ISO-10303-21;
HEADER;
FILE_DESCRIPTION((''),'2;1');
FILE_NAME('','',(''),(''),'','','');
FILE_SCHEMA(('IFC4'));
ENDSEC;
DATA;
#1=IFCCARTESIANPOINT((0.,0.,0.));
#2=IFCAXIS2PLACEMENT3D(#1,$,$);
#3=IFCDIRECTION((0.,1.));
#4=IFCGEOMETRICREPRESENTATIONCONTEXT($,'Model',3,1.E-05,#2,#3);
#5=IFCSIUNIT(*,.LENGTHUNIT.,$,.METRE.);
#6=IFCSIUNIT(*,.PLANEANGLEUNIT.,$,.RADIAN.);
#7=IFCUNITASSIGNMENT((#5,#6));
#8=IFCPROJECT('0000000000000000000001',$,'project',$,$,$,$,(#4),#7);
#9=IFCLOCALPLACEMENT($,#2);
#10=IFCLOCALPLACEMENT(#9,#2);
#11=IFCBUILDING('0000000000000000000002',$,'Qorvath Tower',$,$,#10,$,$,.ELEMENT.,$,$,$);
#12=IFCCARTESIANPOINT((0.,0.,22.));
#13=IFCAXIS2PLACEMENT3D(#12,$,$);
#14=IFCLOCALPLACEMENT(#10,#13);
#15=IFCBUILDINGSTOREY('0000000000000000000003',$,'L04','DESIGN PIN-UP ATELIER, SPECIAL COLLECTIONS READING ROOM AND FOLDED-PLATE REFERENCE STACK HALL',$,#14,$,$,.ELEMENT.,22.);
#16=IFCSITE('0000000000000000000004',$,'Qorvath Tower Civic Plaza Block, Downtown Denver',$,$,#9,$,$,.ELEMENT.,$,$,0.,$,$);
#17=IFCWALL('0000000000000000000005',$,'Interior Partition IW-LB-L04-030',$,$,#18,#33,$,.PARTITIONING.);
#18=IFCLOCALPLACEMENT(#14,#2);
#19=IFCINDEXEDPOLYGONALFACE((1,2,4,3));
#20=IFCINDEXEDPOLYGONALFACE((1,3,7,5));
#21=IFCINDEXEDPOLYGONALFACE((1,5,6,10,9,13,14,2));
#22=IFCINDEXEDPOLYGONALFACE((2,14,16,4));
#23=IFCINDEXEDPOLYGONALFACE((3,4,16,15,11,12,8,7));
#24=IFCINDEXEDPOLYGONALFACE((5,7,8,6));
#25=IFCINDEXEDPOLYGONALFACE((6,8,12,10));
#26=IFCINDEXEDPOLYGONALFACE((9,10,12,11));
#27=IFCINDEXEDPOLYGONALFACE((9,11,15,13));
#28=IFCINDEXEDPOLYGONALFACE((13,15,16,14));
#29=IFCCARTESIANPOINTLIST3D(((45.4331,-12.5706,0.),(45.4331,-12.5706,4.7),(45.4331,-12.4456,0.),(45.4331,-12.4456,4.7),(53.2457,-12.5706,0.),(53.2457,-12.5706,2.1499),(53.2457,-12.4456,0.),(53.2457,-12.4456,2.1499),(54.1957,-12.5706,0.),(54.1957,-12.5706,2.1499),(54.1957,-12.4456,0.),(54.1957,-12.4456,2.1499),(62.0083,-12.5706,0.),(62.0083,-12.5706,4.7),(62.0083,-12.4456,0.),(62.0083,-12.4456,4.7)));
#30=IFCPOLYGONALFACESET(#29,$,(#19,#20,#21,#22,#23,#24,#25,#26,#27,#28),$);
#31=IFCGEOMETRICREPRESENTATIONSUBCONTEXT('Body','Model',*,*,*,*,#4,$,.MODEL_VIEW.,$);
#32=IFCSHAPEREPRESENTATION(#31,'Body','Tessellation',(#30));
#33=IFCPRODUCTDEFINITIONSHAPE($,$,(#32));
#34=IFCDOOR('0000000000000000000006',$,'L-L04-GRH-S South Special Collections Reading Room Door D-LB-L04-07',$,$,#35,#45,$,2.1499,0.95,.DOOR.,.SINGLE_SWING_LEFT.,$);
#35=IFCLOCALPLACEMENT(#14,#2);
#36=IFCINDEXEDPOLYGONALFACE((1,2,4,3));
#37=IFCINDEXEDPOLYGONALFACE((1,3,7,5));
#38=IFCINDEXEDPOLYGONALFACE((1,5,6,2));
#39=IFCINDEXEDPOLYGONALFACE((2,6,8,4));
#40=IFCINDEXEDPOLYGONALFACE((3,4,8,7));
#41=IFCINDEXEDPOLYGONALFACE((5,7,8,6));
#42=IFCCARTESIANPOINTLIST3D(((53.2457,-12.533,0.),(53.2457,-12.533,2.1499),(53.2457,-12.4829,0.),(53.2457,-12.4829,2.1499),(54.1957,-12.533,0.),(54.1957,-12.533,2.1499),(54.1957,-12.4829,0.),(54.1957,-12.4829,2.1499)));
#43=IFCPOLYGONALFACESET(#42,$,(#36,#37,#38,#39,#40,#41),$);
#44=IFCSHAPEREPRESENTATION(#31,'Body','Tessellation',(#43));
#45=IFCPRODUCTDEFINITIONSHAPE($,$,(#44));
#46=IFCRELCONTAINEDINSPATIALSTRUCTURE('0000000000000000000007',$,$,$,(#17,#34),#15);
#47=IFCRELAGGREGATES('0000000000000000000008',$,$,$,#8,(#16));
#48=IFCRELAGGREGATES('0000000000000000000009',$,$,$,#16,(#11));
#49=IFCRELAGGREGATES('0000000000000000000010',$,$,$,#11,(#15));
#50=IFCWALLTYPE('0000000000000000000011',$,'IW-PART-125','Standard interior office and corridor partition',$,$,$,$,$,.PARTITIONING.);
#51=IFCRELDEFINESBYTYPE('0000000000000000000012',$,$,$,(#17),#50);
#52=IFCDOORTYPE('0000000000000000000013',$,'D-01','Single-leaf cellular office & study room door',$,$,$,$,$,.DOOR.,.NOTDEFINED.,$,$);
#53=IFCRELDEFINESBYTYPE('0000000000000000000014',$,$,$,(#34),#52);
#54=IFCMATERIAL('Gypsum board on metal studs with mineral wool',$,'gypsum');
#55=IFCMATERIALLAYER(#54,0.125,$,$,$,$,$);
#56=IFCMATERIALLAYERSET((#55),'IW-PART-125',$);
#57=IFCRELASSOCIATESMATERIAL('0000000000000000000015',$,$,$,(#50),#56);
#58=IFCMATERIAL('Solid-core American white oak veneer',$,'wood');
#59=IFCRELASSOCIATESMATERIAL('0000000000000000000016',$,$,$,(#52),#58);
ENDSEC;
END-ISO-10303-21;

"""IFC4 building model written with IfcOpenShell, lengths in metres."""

from ifc_helpers import new_model, si_unit, direction, frame, frame_2d, origin, place, context, subcontext, project, spatial, rectangle, extrude, material, layer, layer_set, type_object, element, fill, save


model = new_model("IFC4")

# Units and contexts
model_context = context("Model", 3, precision=1e-05, world=origin(), true_north=direction((0.0, 1.0)))
body_context = subcontext(model_context, "Body", "Model", "MODEL_VIEW")
ifc_project = project(units=[si_unit("LENGTHUNIT", "METRE"), si_unit("PLANEANGLEUNIT", "RADIAN")], contexts=[model_context])

# Site, building, storey
site_placement = place(None, origin())
site = spatial("IfcSite", under=ifc_project, at=site_placement, Name="Qorvath Tower Civic Plaza Block, Downtown Denver", CompositionType="ELEMENT", RefElevation=0.0)
building_placement = place(site_placement, origin())
building = spatial("IfcBuilding", under=site, at=building_placement, Name="Qorvath Tower", CompositionType="ELEMENT")
storey_placement = place(building_placement, frame((0.0, 0.0, 22.0)))
storey = spatial("IfcBuildingStorey", under=building, at=storey_placement, Name="L04", Description="DESIGN PIN-UP ATELIER, SPECIAL COLLECTIONS READING ROOM AND FOLDED-PLATE REFERENCE STACK HALL", CompositionType="ELEMENT", Elevation=22.0)

# Wall, opening, door
ifc_material_1 = material(Name="Gypsum board on metal studs with mineral wool", Category="gypsum")
ifc_layer_1 = layer(ifc_material_1, 0.125)
ifc_layer_set_1 = layer_set([ifc_layer_1], Name="IW-PART-125")
wall_type_1 = type_object("IfcWallType", Name="IW-PART-125", Description="Standard interior office and corridor partition", PredefinedType="PARTITIONING", material=ifc_layer_set_1)
wall_1_placement = place(storey_placement, frame((62.0083, -12.5081, 0.0), z_axis=(0.0, 0.0, 1.0), x_axis=(-1.0, 0.0, 0.0)))
wall_1 = element("IfcWall", 1, at=wall_1_placement, inside=storey, type_object=wall_type_1, Name="Interior Partition IW-LB-L04-030", PredefinedType="PARTITIONING", context=body_context, shape_type="SweptSolid", body=[
    extrude(rectangle(XDim=16.5752, YDim=0.125, at=frame_2d((8.2876, 0.0))), origin(), (0.0, 0.0, 1.0), 4.7),
])
opening_placement = place(wall_1_placement, frame((7.8125, 0.0, 0.0)))
opening = element("IfcOpeningElement", 2, at=opening_placement, cuts=wall_1, PredefinedType="OPENING", context=body_context, shape_type="SweptSolid", body=[
    extrude(rectangle(XDim=0.95, YDim=2.1499, at=frame_2d((0.4751, 1.075))), frame((0.0, 0.0725, 0.0), z_axis=(0.0, -1.0, 0.0), x_axis=(1.0, 0.0, 0.0)), (0.0, 0.0, 1.0), 0.145),
])
ifc_material_2 = material(Name="Solid-core American white oak veneer", Category="wood")
door_type = type_object("IfcDoorType", Name="D-01", Description="Single-leaf cellular office & study room door", OperationType="NOTDEFINED", PredefinedType="DOOR", material=ifc_material_2)
door_placement = place(opening_placement, origin())
door = element("IfcDoor", 3, at=door_placement, inside=storey, type_object=door_type, Name="L-L04-GRH-S South Special Collections Reading Room Door D-LB-L04-07", OperationType="SINGLE_SWING_LEFT", OverallHeight=2.1499, OverallWidth=0.95, PredefinedType="DOOR", context=body_context, shape_type="SweptSolid", body=[
    extrude(rectangle(XDim=0.95, YDim=2.1499, at=frame_2d((0.4751, 1.075))), frame((0.0, 0.0249, 0.0), z_axis=(0.0, -1.0, 0.0), x_axis=(1.0, 0.0, 0.0)), (0.0, 0.0, 1.0), 0.05),
])
fill(opening, door)

save(model, "model.ifc")
